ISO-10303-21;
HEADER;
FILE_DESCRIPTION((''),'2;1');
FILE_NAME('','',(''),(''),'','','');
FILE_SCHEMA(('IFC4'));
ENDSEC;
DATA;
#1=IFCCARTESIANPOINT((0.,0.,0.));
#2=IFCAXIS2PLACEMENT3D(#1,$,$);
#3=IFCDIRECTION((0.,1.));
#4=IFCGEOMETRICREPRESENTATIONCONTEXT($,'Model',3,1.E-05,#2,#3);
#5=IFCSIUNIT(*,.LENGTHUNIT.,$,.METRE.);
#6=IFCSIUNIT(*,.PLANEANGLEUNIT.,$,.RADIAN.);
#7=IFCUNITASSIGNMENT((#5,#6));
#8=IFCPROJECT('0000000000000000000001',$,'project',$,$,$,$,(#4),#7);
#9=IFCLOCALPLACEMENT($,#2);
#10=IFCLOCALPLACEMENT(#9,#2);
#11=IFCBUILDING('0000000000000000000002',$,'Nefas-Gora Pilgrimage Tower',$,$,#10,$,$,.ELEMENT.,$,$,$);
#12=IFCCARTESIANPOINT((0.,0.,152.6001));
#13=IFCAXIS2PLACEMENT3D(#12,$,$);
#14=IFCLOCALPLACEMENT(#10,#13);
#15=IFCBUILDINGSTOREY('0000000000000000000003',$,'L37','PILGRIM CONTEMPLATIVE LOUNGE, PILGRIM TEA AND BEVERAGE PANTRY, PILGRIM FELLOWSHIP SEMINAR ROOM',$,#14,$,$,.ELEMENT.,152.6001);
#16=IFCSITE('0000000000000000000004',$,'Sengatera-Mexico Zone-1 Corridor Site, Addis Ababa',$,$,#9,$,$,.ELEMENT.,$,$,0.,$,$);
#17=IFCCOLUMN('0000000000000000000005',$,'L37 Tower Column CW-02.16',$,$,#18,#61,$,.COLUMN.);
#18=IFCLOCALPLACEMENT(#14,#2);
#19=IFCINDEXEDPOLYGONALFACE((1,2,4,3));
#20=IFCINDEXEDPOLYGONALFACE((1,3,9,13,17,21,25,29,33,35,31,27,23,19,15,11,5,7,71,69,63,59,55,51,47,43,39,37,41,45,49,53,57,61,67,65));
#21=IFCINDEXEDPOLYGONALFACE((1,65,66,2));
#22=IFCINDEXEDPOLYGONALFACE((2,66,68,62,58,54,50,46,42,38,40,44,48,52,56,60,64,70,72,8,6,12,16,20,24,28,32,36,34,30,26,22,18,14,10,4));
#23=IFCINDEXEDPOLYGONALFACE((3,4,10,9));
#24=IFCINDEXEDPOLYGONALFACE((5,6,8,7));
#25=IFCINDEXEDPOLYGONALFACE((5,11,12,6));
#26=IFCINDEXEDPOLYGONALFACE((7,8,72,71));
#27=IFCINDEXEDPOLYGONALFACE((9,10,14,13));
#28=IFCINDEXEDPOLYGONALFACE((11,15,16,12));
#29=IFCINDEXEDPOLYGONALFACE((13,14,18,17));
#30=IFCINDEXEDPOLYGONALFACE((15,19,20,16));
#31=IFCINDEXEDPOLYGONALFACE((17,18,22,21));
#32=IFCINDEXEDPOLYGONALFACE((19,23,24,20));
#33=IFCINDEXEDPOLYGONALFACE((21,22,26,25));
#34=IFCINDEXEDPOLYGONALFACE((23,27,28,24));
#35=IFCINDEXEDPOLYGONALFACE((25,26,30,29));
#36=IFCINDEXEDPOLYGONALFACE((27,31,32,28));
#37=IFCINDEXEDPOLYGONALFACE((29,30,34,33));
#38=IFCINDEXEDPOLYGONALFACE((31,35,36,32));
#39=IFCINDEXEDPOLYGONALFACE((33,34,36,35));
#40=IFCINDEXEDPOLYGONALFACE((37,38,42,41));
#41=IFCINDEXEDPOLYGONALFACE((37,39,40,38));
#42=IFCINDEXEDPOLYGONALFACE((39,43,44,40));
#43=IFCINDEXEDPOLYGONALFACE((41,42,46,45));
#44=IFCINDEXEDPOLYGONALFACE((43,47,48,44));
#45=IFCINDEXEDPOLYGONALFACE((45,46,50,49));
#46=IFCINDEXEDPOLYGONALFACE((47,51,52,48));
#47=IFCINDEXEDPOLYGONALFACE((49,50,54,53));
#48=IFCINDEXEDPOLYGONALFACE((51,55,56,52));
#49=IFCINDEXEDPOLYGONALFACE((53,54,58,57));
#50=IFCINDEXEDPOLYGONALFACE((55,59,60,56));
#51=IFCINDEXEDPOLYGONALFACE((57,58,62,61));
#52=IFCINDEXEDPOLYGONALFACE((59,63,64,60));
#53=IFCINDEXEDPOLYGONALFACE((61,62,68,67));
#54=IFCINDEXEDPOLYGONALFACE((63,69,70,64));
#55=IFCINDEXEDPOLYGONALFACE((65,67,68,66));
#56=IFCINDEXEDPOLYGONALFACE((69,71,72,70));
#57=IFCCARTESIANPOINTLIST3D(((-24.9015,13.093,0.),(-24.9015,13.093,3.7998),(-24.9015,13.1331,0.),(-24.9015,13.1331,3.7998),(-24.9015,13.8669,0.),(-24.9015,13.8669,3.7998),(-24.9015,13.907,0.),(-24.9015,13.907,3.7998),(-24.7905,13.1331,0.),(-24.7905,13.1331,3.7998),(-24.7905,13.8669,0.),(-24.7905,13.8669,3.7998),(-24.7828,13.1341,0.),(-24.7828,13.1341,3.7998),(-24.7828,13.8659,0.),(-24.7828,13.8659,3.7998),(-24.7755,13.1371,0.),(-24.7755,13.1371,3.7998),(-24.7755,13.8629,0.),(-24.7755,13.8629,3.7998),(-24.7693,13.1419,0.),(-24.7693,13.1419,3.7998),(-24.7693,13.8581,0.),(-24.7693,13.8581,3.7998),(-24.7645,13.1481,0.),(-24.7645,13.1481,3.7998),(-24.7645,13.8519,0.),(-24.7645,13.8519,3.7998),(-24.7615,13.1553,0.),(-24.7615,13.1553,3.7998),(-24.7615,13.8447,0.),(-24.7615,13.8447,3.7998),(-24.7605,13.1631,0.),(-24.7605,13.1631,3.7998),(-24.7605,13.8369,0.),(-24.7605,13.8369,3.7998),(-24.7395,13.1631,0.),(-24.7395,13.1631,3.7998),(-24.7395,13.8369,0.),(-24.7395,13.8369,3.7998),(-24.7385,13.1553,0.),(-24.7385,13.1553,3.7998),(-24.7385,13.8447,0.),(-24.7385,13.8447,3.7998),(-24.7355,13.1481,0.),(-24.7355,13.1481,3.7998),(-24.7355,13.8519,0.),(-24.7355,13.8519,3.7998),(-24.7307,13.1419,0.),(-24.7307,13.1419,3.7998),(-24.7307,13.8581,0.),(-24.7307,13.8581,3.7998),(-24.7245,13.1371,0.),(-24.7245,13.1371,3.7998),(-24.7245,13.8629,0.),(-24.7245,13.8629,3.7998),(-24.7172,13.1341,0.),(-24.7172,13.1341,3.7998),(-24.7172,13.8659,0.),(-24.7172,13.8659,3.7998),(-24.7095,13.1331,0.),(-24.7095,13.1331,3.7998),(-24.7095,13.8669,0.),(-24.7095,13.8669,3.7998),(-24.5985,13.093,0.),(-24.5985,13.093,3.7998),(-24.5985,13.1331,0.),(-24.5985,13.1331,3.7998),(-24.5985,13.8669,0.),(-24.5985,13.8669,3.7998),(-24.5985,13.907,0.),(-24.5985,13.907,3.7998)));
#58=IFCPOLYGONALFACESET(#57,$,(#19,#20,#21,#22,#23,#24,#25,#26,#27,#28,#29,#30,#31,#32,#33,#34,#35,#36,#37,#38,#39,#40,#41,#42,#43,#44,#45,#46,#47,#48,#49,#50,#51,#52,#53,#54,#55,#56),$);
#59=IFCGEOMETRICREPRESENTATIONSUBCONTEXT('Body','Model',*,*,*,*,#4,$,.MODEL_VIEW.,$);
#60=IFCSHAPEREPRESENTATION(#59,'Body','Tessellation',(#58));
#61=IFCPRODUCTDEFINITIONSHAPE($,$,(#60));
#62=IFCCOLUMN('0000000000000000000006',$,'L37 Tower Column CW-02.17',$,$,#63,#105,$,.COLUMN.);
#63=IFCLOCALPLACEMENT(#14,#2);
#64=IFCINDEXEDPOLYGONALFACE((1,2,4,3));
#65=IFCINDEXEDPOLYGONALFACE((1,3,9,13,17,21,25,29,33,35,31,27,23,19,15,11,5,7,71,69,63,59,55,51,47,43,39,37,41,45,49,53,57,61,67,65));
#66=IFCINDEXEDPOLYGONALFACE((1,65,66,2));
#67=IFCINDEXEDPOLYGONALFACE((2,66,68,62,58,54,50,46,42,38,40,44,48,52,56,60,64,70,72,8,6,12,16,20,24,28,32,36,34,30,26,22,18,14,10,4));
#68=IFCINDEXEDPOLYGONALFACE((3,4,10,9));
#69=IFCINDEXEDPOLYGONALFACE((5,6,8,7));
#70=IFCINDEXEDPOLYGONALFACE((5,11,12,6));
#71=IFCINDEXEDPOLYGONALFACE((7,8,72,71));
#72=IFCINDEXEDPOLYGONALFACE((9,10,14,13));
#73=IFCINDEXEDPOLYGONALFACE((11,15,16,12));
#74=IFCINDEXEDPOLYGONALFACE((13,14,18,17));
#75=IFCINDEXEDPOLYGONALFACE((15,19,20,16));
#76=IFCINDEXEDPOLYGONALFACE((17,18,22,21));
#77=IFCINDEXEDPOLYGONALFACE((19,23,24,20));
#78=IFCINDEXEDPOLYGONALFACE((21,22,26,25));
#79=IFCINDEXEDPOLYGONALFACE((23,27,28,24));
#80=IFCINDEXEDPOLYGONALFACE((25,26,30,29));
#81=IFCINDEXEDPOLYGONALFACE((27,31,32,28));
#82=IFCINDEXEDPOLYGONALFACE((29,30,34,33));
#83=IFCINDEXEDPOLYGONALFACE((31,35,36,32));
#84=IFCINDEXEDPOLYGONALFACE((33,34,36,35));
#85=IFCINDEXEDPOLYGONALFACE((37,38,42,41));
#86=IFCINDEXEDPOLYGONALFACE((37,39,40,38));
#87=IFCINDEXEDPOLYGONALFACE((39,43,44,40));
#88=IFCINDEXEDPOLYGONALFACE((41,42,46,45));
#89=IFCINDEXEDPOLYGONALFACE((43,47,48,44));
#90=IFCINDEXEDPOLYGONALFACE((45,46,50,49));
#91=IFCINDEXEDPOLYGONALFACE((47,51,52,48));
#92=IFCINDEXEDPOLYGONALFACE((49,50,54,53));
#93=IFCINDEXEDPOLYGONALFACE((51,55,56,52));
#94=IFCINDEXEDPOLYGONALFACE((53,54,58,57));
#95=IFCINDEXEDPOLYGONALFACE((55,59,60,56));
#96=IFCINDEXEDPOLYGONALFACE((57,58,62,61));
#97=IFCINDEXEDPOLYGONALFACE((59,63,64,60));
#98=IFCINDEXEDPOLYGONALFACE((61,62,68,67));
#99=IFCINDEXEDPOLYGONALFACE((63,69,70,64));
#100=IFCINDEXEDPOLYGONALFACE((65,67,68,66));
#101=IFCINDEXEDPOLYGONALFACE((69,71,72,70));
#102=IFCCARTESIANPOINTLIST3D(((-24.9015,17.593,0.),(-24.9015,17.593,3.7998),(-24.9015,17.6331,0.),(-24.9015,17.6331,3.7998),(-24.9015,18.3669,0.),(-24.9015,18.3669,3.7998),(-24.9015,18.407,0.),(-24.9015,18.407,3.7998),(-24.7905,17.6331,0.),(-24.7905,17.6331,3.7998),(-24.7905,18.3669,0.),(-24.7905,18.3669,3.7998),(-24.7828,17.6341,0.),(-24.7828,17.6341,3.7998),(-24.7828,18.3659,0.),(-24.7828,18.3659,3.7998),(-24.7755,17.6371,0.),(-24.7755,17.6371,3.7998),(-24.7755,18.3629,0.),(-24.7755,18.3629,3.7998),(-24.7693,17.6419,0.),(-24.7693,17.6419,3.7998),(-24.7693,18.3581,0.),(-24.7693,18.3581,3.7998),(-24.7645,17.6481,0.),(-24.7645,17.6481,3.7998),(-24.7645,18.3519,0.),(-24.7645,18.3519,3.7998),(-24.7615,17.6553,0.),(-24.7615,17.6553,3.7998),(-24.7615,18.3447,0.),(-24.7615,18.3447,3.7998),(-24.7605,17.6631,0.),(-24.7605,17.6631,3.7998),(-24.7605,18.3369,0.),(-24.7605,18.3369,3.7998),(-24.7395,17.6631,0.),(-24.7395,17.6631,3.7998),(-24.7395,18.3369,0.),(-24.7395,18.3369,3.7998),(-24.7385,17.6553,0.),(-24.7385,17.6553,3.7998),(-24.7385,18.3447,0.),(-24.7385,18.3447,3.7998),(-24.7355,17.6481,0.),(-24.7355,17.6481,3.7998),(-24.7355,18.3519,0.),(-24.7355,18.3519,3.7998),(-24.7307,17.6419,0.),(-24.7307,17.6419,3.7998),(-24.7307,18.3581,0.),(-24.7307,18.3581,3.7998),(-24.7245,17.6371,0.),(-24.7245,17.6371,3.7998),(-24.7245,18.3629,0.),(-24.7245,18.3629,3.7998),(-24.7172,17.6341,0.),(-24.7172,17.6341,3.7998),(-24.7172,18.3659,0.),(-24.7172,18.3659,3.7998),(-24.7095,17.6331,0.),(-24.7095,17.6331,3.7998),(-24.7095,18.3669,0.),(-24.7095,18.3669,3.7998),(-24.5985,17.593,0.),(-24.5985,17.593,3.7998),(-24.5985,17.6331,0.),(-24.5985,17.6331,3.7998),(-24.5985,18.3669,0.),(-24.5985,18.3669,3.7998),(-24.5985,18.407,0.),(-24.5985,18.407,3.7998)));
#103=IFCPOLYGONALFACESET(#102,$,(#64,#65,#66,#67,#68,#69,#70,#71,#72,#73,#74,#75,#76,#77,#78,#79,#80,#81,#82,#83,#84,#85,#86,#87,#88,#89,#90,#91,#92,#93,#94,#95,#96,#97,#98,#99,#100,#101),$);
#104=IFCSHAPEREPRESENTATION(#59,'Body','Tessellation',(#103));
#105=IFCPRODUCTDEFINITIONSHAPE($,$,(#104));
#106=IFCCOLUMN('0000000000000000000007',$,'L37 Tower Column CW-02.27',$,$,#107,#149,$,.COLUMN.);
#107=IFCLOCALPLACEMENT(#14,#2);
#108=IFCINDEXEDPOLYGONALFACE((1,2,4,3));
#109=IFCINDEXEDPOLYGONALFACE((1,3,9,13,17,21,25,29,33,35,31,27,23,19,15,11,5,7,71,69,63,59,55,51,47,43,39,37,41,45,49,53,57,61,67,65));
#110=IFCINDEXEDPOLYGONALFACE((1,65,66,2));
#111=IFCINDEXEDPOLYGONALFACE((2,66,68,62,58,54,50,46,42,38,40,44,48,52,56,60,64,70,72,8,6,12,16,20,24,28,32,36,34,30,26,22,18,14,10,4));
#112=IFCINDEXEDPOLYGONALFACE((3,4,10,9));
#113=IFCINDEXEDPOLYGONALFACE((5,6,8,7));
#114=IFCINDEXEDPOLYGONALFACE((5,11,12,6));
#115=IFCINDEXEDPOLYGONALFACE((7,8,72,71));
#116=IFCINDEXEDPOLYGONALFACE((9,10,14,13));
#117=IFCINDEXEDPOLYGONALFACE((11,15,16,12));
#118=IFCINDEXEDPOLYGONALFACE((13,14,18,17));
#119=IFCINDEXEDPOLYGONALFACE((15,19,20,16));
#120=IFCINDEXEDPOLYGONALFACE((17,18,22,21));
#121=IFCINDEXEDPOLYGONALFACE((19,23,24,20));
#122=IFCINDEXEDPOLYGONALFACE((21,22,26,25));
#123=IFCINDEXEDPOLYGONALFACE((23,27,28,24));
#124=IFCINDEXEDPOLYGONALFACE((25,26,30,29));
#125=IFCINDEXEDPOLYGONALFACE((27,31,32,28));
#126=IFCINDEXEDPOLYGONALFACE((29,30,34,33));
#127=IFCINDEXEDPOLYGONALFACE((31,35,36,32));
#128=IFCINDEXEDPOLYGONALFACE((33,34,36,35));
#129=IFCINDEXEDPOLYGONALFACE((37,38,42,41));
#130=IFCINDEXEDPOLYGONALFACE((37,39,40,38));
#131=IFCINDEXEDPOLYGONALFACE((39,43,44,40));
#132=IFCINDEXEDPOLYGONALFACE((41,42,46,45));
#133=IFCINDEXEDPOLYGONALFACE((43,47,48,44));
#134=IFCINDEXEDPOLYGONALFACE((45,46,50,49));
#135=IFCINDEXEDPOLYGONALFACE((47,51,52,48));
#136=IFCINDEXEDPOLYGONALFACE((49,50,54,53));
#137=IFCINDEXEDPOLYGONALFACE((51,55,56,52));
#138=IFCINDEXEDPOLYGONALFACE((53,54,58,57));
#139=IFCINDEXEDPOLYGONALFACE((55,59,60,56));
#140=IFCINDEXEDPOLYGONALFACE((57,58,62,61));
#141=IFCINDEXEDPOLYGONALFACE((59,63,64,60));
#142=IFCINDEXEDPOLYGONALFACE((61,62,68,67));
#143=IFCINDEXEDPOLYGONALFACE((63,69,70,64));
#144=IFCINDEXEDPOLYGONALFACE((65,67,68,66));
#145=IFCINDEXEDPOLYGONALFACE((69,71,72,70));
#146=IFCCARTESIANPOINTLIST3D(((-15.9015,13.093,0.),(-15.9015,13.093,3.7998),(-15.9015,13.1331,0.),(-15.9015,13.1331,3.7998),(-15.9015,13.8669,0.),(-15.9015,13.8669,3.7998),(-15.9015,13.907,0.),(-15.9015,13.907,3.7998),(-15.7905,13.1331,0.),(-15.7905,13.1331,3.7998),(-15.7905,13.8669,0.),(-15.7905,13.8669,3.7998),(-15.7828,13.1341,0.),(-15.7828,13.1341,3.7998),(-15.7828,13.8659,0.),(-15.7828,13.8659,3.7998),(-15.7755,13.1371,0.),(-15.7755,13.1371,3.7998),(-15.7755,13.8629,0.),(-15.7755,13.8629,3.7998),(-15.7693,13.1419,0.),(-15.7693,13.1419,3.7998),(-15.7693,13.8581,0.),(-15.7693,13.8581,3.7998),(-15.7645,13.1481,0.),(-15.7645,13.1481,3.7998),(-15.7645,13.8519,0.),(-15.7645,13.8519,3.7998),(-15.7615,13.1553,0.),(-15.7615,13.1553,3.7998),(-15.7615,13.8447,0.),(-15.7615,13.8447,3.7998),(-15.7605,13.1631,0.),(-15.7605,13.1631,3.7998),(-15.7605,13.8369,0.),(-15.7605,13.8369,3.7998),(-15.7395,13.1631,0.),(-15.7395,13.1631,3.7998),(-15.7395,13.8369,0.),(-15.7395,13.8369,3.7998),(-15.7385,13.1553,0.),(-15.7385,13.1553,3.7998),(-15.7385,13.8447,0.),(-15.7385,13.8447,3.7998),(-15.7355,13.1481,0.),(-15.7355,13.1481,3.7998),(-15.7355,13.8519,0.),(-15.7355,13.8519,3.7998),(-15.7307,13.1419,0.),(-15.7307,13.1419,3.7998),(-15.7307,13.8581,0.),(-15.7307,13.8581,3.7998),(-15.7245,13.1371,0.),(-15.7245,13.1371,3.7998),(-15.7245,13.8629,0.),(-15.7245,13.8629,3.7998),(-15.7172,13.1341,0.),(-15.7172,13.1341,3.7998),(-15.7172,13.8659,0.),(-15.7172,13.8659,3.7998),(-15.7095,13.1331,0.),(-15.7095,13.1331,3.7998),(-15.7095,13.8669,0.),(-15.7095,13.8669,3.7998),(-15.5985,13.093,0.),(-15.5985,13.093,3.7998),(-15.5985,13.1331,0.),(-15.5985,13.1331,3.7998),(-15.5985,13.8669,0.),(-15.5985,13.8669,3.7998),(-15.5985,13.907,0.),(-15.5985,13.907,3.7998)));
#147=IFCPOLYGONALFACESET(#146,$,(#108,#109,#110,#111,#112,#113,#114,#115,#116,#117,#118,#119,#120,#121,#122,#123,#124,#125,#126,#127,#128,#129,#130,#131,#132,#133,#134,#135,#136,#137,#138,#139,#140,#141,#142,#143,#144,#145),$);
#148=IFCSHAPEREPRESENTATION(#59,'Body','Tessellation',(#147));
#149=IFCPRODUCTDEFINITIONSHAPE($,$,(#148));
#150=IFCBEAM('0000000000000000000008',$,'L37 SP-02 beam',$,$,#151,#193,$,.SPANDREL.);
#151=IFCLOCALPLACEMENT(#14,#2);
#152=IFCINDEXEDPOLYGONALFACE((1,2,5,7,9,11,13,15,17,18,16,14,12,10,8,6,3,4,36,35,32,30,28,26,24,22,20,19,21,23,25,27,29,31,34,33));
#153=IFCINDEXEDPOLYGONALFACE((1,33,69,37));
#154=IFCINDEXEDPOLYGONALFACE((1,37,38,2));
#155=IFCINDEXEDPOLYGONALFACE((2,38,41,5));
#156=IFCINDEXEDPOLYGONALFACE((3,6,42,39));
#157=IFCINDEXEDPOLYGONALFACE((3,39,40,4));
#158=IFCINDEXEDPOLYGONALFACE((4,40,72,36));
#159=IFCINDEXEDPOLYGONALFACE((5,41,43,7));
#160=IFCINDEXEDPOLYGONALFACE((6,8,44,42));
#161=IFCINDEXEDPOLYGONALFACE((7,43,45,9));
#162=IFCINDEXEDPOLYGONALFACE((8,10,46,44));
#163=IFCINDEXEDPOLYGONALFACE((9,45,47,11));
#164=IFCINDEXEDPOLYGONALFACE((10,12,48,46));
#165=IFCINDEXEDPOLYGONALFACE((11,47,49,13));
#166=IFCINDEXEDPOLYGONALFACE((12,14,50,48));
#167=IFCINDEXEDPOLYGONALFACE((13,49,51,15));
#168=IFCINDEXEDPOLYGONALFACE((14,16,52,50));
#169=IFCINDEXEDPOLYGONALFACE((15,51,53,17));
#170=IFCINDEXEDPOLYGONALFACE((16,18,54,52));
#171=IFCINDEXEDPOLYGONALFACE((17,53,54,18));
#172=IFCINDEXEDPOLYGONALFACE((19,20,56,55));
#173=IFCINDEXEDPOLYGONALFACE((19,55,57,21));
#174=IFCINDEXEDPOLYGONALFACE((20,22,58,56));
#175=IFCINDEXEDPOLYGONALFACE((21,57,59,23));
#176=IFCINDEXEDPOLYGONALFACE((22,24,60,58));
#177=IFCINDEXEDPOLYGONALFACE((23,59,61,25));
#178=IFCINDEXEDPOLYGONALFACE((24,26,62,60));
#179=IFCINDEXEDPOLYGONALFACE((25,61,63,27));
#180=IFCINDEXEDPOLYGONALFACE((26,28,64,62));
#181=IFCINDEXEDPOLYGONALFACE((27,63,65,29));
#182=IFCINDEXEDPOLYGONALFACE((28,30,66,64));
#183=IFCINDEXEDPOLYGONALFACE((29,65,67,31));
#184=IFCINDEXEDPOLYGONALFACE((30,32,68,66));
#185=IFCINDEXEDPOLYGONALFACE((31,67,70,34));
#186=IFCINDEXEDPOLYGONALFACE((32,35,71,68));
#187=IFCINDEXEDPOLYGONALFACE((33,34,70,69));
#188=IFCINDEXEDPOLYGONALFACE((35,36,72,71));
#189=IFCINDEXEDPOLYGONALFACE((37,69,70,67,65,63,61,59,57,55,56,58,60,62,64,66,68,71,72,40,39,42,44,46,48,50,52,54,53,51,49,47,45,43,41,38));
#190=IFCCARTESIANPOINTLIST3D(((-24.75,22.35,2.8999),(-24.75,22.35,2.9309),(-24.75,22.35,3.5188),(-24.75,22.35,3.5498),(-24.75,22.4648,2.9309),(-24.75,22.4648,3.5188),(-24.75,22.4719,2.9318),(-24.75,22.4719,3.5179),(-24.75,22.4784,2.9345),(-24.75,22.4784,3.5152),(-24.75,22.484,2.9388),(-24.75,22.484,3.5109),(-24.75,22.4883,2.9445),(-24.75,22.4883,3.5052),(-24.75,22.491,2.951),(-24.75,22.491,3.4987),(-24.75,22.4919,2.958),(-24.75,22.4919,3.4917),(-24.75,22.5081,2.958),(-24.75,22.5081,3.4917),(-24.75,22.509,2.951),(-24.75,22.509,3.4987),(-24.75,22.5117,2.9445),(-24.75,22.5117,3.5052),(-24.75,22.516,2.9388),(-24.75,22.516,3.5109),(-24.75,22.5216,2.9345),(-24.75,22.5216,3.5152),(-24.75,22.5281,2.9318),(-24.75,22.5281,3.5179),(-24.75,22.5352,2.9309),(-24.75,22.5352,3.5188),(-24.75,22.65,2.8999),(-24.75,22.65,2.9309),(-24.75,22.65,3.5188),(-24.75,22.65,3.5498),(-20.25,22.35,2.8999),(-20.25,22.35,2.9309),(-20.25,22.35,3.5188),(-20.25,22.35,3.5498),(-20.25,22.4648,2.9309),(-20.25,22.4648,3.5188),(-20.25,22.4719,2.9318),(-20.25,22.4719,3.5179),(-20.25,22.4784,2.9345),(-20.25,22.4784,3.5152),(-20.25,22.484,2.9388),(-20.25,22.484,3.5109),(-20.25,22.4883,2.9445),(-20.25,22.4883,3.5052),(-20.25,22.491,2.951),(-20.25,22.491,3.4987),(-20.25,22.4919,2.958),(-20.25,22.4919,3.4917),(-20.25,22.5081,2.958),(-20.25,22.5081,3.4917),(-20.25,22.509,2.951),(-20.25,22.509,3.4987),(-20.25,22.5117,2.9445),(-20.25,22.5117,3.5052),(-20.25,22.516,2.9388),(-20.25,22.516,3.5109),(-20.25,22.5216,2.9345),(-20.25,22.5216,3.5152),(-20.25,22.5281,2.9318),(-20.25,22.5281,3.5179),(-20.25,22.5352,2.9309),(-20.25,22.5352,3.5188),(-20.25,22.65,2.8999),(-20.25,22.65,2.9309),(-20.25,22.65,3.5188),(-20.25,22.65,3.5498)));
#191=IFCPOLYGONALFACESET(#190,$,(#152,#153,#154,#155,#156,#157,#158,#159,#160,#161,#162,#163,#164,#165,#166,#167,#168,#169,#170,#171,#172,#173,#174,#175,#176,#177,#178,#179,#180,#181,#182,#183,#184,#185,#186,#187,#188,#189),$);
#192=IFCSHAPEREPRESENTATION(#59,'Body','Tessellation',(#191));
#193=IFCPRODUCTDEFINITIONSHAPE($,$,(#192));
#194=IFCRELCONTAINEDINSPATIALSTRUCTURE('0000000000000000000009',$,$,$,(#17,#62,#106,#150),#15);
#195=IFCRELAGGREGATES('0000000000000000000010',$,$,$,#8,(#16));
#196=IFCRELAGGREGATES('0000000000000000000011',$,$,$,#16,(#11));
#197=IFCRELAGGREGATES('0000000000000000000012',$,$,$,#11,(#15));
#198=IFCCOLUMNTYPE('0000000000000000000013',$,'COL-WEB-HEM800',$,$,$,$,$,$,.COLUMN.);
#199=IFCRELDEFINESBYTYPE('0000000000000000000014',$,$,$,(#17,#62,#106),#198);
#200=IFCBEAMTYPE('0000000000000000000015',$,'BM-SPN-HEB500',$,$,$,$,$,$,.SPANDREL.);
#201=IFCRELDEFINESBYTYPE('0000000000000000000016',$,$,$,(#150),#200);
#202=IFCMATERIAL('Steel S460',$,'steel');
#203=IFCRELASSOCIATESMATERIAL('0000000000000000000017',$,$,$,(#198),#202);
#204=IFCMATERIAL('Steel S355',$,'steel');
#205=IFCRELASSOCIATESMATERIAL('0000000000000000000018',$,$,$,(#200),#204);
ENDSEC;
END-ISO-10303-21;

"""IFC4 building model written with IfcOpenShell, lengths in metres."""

from ifc_helpers import new_model, si_unit, direction, frame, origin, origin_2d, place, context, subcontext, project, spatial, i_section, extrude, source, transform, mapped, material, material_profile, profile_set, type_object, element, save


model = new_model("IFC4")

# Units and contexts
model_context = context("Model", 3, precision=1e-05, world=origin(), true_north=direction((0.0, 1.0)))
body_context = subcontext(model_context, "Body", "Model", "MODEL_VIEW")
ifc_project = project(units=[si_unit("LENGTHUNIT", "METRE"), si_unit("PLANEANGLEUNIT", "RADIAN")], contexts=[model_context])

# Site, building, storey
site_placement = place(None, origin())
site = spatial("IfcSite", under=ifc_project, at=site_placement, Name="Sengatera-Mexico Zone-1 Corridor Site, Addis Ababa", CompositionType="ELEMENT", RefElevation=0.0)
building_placement = place(site_placement, origin())
building = spatial("IfcBuilding", under=site, at=building_placement, Name="Nefas-Gora Pilgrimage Tower", CompositionType="ELEMENT")
storey_placement = place(building_placement, frame((0.0, 0.0, 152.6001)))
storey = spatial("IfcBuildingStorey", under=building, at=storey_placement, Name="L37", Description="PILGRIM CONTEMPLATIVE LOUNGE, PILGRIM TEA AND BEVERAGE PANTRY, PILGRIM FELLOWSHIP SEMINAR ROOM", CompositionType="ELEMENT", Elevation=152.6001)

# Columns
ifc_material_1 = material(Name="Steel S460", Category="steel")
ifc_material_profile_1 = material_profile(ifc_material_1, i_section(OverallWidth=0.303, OverallDepth=0.814, WebThickness=0.021, FlangeThickness=0.04, FilletRadius=0.03, at=origin_2d()), Name="HEM 800")
ifc_profile_set_1 = profile_set([ifc_material_profile_1], Name="Steel S460")
column_type_1 = type_object("IfcColumnType", Name="COL-WEB-HEM800", PredefinedType="COLUMN", material=ifc_profile_set_1)
shared_shape_1 = source(origin(), body_context, "Body", "SweptSolid", [
    extrude(i_section(OverallWidth=0.303, OverallDepth=0.814, WebThickness=0.021, FlangeThickness=0.04, FilletRadius=0.03, at=origin_2d()), origin(), (0.0, 0.0, 1.0), 3.7998),
])
for number, where, z_axis, x_axis, name in (
    (1, (-24.75, 13.5, 0.0), (0.0, 0.0, 1.0), (1.0, 0.0, 0.0), "L37 Tower Column CW-02.16"),
    (2, (-24.75, 18.0, 0.0), (0.0, 0.0, 1.0), (1.0, 0.0, 0.0), "L37 Tower Column CW-02.17"),
    (3, (-15.75, 13.5, 0.0), (0.0, 0.0, 1.0), (1.0, 0.0, 0.0), "L37 Tower Column CW-02.27"),
):
    element("IfcColumn", number, at=place(storey_placement, frame(where, z_axis=z_axis, x_axis=x_axis)), inside=storey, type_object=column_type_1, Name=name, PredefinedType="COLUMN", context=body_context, shape_type="MappedRepresentation", body=[
        mapped(shared_shape_1, transform((0.0, 0.0, 0.0), x_axis=(1.0, 0.0, 0.0), y_axis=(0.0, 1.0, 0.0), z_axis=(0.0, 0.0, 1.0), scale=1.0)),
    ])

# Beam
ifc_material_2 = material(Name="Steel S355", Category="steel")
ifc_material_profile_2 = material_profile(ifc_material_2, i_section(OverallWidth=0.3, OverallDepth=0.6499, WebThickness=0.0161, FlangeThickness=0.031, FilletRadius=0.0271, at=origin_2d()), Name="HEB 650")
ifc_profile_set_2 = profile_set([ifc_material_profile_2], Name="Steel S355")
beam_type_1 = type_object("IfcBeamType", Name="BM-SPN-HEB500", PredefinedType="SPANDREL", material=ifc_profile_set_2)
shared_shape_2 = source(origin(), body_context, "Body", "SweptSolid", [
    extrude(i_section(OverallWidth=0.3, OverallDepth=0.6499, WebThickness=0.0161, FlangeThickness=0.031, FilletRadius=0.0271, at=origin_2d()), origin(), (0.0, 0.0, 1.0), 4.5),
])
beam_placement = place(storey_placement, frame((-24.75, 22.5, 3.2249), z_axis=(1.0, 0.0, 0.0), x_axis=(0.0, 1.0, 0.0)))
element("IfcBeam", 4, at=beam_placement, inside=storey, type_object=beam_type_1, Name="L37 SP-02 beam", PredefinedType="SPANDREL", context=body_context, shape_type="MappedRepresentation", body=[
    mapped(shared_shape_2, transform((0.0, 0.0, 0.0), x_axis=(1.0, 0.0, 0.0), y_axis=(0.0, 1.0, 0.0), z_axis=(0.0, 0.0, 1.0), scale=1.0)),
])

save(model, "model.ifc")
